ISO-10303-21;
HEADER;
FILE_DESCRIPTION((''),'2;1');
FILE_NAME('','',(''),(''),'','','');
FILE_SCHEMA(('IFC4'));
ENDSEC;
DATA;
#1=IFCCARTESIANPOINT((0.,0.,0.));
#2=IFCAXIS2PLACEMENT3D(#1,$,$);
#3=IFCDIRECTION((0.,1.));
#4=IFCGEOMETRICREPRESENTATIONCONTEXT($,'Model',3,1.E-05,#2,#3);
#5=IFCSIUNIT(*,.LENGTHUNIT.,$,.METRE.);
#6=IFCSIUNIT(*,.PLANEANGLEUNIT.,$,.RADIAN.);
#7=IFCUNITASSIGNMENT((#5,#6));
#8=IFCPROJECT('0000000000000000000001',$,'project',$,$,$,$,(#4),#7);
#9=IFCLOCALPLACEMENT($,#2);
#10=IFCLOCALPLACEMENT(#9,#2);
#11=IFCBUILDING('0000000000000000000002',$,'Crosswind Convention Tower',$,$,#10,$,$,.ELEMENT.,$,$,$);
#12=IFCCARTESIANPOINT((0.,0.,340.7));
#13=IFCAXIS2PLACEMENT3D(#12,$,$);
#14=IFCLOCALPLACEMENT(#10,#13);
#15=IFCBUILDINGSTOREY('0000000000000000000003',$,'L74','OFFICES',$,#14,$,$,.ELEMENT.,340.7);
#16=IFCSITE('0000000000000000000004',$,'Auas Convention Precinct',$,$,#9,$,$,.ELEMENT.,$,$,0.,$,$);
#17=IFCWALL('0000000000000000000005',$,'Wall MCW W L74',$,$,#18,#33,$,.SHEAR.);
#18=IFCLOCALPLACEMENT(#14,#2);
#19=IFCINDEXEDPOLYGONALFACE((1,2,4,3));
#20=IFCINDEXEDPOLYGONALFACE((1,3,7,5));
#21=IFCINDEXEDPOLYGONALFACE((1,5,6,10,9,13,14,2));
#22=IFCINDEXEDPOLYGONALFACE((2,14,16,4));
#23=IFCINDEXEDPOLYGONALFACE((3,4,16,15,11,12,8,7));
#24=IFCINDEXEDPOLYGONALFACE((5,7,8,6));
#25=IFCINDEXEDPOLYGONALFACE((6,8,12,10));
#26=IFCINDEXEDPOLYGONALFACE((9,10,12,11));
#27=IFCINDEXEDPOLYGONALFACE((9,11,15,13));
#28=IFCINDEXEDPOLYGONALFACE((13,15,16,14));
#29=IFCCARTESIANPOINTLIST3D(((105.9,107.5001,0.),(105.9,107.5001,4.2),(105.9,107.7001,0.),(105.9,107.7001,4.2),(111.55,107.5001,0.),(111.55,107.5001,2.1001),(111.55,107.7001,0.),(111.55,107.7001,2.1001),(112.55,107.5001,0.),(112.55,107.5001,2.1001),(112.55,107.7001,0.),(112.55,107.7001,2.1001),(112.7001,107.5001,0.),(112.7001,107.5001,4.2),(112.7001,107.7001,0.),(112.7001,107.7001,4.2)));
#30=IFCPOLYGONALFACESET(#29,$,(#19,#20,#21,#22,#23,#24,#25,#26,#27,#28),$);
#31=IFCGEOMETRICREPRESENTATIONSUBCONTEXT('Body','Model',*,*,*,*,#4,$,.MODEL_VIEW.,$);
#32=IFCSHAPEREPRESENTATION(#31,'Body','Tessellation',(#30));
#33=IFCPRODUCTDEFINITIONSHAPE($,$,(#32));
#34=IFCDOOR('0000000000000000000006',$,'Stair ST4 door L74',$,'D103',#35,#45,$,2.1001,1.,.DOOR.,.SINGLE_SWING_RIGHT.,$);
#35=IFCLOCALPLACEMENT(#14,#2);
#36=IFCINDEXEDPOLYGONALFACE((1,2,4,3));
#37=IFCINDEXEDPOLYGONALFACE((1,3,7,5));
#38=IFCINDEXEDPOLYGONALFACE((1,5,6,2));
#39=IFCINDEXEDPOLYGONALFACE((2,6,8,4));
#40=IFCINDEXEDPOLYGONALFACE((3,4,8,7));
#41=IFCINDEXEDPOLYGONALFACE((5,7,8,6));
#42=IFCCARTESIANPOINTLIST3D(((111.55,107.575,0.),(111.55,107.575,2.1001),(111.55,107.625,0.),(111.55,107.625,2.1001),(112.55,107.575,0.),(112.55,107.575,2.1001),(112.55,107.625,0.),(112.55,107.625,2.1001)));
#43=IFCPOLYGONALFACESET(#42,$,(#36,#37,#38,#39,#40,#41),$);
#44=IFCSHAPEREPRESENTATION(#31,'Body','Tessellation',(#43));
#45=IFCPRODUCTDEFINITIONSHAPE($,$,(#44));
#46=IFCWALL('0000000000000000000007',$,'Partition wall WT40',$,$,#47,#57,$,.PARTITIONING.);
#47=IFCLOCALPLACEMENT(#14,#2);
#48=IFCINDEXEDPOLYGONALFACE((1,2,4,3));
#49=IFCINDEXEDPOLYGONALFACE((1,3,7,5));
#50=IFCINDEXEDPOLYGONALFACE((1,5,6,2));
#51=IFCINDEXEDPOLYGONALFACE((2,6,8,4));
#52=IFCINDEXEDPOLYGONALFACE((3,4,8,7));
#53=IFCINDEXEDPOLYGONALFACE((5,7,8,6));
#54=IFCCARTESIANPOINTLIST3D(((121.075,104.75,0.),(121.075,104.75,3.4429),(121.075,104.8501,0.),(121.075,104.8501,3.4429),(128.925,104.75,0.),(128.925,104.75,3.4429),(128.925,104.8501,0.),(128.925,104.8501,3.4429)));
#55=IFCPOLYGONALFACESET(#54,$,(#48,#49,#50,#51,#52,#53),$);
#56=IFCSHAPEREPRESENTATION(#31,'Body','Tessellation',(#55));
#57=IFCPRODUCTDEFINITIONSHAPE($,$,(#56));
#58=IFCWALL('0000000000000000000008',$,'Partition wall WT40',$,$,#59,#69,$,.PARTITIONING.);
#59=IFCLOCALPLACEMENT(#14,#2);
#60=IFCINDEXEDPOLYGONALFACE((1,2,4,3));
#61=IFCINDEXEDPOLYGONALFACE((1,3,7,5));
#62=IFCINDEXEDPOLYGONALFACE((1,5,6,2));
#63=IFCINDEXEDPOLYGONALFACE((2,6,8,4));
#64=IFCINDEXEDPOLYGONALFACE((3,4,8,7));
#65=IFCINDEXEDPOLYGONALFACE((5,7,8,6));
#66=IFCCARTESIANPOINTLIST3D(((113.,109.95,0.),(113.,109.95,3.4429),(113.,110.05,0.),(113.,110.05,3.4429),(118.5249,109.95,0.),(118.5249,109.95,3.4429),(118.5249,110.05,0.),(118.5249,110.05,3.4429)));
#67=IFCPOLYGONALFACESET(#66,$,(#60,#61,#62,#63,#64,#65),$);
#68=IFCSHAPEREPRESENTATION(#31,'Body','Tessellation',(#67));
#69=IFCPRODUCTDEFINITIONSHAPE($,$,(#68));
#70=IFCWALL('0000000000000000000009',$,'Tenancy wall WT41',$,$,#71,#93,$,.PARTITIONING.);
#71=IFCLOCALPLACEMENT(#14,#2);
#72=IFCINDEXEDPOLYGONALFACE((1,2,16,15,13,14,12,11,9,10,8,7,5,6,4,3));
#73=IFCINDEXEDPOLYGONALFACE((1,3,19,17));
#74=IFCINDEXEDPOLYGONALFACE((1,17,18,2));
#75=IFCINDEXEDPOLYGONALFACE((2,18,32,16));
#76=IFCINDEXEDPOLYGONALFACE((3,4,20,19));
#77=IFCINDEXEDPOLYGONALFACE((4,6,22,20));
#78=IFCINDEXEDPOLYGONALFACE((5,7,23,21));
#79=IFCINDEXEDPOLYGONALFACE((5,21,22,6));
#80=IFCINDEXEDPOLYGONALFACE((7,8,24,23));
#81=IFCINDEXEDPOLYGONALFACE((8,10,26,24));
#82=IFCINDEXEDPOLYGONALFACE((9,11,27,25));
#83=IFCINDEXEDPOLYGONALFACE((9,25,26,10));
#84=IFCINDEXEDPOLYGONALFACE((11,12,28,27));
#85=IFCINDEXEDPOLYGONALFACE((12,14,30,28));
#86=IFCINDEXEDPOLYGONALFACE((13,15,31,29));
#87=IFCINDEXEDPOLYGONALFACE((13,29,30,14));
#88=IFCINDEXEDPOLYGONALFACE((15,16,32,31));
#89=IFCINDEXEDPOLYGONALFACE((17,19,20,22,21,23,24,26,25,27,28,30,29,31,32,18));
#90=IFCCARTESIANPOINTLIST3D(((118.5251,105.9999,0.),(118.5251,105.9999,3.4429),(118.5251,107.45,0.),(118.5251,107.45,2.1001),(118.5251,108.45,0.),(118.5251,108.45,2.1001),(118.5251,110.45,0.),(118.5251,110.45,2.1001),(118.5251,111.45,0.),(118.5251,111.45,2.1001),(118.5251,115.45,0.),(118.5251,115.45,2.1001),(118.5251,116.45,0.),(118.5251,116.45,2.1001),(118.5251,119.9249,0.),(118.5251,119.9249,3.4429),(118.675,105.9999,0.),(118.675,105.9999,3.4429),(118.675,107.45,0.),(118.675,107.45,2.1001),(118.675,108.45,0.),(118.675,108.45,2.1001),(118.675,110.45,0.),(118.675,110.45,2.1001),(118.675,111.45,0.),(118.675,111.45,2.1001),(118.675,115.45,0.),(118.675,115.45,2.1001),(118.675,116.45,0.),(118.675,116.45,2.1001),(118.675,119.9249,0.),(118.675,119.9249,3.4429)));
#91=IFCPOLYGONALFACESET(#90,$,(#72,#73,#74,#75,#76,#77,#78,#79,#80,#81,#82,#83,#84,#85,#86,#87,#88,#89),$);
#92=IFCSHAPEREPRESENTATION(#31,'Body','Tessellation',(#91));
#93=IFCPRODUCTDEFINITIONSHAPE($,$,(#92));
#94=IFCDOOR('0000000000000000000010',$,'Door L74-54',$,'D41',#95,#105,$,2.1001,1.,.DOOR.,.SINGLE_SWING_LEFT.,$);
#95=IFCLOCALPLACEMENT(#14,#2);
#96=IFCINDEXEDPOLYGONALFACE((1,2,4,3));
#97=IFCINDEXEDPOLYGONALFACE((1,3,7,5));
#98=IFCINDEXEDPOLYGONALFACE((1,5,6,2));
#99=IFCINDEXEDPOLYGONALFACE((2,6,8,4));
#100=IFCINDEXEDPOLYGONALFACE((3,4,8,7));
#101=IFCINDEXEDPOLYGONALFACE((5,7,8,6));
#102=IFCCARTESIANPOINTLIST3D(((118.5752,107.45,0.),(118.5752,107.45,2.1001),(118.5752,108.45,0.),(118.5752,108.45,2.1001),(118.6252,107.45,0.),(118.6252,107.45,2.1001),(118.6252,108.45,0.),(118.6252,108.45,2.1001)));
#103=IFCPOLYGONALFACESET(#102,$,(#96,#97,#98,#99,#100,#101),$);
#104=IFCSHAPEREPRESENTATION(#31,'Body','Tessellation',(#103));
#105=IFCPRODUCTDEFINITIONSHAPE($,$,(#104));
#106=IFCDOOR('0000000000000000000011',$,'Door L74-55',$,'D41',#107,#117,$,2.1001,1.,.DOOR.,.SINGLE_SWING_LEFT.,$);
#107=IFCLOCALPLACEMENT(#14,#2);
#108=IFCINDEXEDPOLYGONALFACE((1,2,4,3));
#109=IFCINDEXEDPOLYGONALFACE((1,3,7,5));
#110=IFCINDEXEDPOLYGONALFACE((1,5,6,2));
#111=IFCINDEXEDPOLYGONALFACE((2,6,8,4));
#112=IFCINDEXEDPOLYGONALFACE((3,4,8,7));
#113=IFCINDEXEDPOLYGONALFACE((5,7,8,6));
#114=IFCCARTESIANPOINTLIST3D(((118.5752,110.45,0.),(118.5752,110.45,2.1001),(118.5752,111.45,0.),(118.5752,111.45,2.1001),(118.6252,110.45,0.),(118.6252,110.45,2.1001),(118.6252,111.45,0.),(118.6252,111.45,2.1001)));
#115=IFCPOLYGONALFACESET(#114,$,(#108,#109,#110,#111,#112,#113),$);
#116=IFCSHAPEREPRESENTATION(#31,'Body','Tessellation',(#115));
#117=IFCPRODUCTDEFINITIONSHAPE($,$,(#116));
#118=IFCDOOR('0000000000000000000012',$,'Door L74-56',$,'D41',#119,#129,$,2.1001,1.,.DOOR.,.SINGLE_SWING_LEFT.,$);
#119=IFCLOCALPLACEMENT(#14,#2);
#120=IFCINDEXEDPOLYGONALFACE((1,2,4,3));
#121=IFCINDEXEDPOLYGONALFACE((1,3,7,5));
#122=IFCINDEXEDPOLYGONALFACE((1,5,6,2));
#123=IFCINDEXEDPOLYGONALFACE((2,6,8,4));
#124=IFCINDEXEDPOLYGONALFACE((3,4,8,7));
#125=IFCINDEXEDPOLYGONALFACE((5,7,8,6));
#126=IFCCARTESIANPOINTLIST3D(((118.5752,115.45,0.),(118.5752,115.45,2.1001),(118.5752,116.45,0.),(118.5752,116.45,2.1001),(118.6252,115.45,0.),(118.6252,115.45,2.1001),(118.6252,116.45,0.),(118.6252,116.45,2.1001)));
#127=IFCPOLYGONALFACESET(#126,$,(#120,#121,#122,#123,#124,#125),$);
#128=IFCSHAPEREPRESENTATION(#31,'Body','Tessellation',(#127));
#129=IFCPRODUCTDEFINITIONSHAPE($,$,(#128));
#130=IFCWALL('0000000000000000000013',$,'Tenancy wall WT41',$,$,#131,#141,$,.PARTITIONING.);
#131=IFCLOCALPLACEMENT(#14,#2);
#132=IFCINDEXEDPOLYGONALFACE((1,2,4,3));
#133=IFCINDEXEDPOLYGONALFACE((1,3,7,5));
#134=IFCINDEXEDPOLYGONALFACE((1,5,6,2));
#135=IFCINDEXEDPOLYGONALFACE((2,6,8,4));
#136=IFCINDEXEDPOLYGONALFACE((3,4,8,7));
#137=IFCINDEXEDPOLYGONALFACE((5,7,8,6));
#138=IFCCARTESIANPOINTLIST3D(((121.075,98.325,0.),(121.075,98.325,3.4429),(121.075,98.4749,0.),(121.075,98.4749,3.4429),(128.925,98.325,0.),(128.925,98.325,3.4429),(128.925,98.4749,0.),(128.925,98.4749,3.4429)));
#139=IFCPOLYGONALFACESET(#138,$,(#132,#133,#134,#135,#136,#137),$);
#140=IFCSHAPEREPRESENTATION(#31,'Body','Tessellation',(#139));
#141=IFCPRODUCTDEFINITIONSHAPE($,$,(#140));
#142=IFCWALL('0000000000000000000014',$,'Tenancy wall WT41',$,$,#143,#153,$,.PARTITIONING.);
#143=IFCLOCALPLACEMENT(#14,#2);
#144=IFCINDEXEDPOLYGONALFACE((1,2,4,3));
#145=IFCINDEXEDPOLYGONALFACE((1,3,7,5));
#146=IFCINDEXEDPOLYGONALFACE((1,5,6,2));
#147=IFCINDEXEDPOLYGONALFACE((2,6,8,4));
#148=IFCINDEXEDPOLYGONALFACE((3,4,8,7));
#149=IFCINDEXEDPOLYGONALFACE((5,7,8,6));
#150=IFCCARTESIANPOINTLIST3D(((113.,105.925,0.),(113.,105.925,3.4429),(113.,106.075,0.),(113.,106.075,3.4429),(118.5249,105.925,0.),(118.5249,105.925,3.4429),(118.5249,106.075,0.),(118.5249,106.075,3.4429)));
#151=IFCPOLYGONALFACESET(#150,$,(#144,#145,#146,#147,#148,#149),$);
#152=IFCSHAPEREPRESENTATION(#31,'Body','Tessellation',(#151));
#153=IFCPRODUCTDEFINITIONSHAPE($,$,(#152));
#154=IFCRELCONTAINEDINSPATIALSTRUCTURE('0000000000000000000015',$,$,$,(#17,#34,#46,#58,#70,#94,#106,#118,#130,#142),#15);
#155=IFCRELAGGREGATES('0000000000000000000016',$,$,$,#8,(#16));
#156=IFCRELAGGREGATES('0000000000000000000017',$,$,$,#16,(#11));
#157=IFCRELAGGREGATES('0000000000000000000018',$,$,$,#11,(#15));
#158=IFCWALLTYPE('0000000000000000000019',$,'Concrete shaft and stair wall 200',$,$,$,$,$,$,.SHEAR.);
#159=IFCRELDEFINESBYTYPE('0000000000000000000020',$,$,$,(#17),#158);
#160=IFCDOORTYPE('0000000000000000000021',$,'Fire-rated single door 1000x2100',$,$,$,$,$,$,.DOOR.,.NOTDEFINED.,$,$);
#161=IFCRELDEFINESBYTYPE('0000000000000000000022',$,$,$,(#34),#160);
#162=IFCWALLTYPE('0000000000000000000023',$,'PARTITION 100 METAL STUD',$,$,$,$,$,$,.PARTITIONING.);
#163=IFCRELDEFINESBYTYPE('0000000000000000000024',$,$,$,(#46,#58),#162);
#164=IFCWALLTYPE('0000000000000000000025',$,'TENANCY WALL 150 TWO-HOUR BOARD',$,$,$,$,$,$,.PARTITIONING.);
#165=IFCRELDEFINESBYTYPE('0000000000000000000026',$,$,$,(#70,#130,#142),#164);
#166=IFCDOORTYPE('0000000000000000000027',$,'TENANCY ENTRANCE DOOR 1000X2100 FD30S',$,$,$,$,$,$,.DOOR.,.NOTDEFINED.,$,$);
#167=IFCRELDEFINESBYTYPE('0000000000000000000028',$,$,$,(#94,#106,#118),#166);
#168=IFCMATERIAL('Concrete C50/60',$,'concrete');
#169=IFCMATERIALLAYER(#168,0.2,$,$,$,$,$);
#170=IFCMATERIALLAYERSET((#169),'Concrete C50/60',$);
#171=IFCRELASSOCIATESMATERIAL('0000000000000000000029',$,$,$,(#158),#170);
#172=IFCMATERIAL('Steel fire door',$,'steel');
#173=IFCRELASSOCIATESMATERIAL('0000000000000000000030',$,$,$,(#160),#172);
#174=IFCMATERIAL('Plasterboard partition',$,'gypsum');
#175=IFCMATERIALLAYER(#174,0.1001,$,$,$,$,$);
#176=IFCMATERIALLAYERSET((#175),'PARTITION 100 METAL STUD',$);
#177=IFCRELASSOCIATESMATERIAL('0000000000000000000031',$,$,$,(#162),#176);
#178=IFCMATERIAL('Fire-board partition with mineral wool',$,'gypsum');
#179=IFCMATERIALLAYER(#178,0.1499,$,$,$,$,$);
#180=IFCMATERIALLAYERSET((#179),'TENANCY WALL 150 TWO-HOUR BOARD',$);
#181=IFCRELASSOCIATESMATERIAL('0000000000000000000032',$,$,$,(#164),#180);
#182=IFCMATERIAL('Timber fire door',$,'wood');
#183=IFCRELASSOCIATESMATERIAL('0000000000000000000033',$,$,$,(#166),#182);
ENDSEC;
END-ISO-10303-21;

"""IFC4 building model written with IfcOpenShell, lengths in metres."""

from ifc_helpers import new_model, si_unit, direction, frame, frame_2d, origin, place, context, subcontext, project, spatial, rectangle, extrude, material, layer, layer_set, type_object, element, fill, save


model = new_model("IFC4")

# Units and contexts
model_context = context("Model", 3, precision=1e-05, world=origin(), true_north=direction((0.0, 1.0)))
body_context = subcontext(model_context, "Body", "Model", "MODEL_VIEW")
ifc_project = project(units=[si_unit("LENGTHUNIT", "METRE"), si_unit("PLANEANGLEUNIT", "RADIAN")], contexts=[model_context])

# Site, building, storey
site_placement = place(None, origin())
site = spatial("IfcSite", under=ifc_project, at=site_placement, Name="Auas Convention Precinct", CompositionType="ELEMENT", RefElevation=0.0)
building_placement = place(site_placement, origin())
building = spatial("IfcBuilding", under=site, at=building_placement, Name="Crosswind Convention Tower", CompositionType="ELEMENT")
storey_placement = place(building_placement, frame((0.0, 0.0, 340.7)))
storey = spatial("IfcBuildingStorey", under=building, at=storey_placement, Name="L74", Description="OFFICES", CompositionType="ELEMENT", Elevation=340.7)

# Shared definitions
ifc_material_1 = material(Name="Concrete C50/60", Category="concrete")

# Wall, opening, door
ifc_layer_1 = layer(ifc_material_1, 0.2)
ifc_layer_set_1 = layer_set([ifc_layer_1], Name="Concrete C50/60")
wall_type_1 = type_object("IfcWallType", Name="Concrete shaft and stair wall 200", PredefinedType="SHEAR", material=ifc_layer_set_1)
ifc_material_2 = material(Name="Steel fire door", Category="steel")
wall_1_placement = place(storey_placement, frame((112.7, 107.6001, 0.0), z_axis=(0.0, 0.0, 1.0), x_axis=(-1.0, 0.0, 0.0)))
wall_1 = element("IfcWall", 1, at=wall_1_placement, inside=storey, type_object=wall_type_1, Name="Wall MCW W L74", PredefinedType="SHEAR", context=body_context, shape_type="SweptSolid", body=[
    extrude(rectangle(XDim=6.8, YDim=0.2, at=frame_2d((3.3999, 0.0))), origin(), (0.0, 0.0, 1.0), 4.2),
])
opening_1_placement = place(wall_1_placement, frame((0.1499, 0.0, 0.0)))
opening_1 = element("IfcOpeningElement", 2, at=opening_1_placement, cuts=wall_1, PredefinedType="OPENING", context=body_context, shape_type="SweptSolid", body=[
    extrude(rectangle(XDim=1.0, YDim=2.1001, at=frame_2d((0.5, 1.05))), frame((0.0, 0.1099, 0.0), z_axis=(0.0, -1.0, 0.0), x_axis=(1.0, 0.0, 0.0)), (0.0, 0.0, 1.0), 0.22),
])
door_type_1 = type_object("IfcDoorType", Name="Fire-rated single door 1000x2100", OperationType="NOTDEFINED", PredefinedType="DOOR", material=ifc_material_2)
door_1_placement = place(opening_1_placement, frame((1.0, 0.0, 0.0), z_axis=(0.0, 0.0, 1.0), x_axis=(-1.0, 0.0, 0.0)))
door_1 = element("IfcDoor", 3, at=door_1_placement, inside=storey, type_object=door_type_1, Name="Stair ST4 door L74", ObjectType="D103", OperationType="SINGLE_SWING_RIGHT", OverallHeight=2.1001, OverallWidth=1.0, PredefinedType="DOOR", context=body_context, shape_type="SweptSolid", body=[
    extrude(rectangle(XDim=1.0, YDim=2.1001, at=frame_2d((0.5, 1.05))), frame((0.0, 0.0249, 0.0), z_axis=(0.0, -1.0, 0.0), x_axis=(1.0, 0.0, 0.0)), (0.0, 0.0, 1.0), 0.05),
])
fill(opening_1, door_1)

# Walls
ifc_material_3 = material(Name="Plasterboard partition", Category="gypsum")
ifc_layer_2 = layer(ifc_material_3, 0.1001)
ifc_layer_set_2 = layer_set([ifc_layer_2], Name="PARTITION 100 METAL STUD")
wall_type_2 = type_object("IfcWallType", Name="PARTITION 100 METAL STUD", PredefinedType="PARTITIONING", material=ifc_layer_set_2)
wall_2_placement = place(storey_placement, frame((121.075, 104.8, 0.0), z_axis=(0.0, 0.0, 1.0), x_axis=(1.0, 0.0, 0.0)))
element("IfcWall", 4, at=wall_2_placement, inside=storey, type_object=wall_type_2, Name="Partition wall WT40", PredefinedType="PARTITIONING", context=body_context, shape_type="SweptSolid", body=[
    extrude(rectangle(XDim=7.8501, YDim=0.1001, at=frame_2d((3.925, 0.0))), origin(), (0.0, 0.0, 1.0), 3.4429),
])
wall_3_placement = place(storey_placement, frame((113.0, 110.0, 0.0), z_axis=(0.0, 0.0, 1.0), x_axis=(1.0, 0.0, 0.0)))
element("IfcWall", 5, at=wall_3_placement, inside=storey, type_object=wall_type_2, Name="Partition wall WT40", PredefinedType="PARTITIONING", context=body_context, shape_type="SweptSolid", body=[
    extrude(rectangle(XDim=5.5249, YDim=0.1001, at=frame_2d((2.7625, 0.0))), origin(), (0.0, 0.0, 1.0), 3.4429),
])

# Wall, openings, doors
ifc_material_4 = material(Name="Fire-board partition with mineral wool", Category="gypsum")
ifc_layer_3 = layer(ifc_material_4, 0.1499)
ifc_layer_set_3 = layer_set([ifc_layer_3], Name="TENANCY WALL 150 TWO-HOUR BOARD")
wall_type_3 = type_object("IfcWallType", Name="TENANCY WALL 150 TWO-HOUR BOARD", PredefinedType="PARTITIONING", material=ifc_layer_set_3)
wall_4_placement = place(storey_placement, frame((118.6001, 106.0, 0.0), z_axis=(0.0, 0.0, 1.0), x_axis=(0.0, 1.0, 0.0)))
wall_4 = element("IfcWall", 6, at=wall_4_placement, inside=storey, type_object=wall_type_3, Name="Tenancy wall WT41", PredefinedType="PARTITIONING", context=body_context, shape_type="SweptSolid", body=[
    extrude(rectangle(XDim=13.925, YDim=0.1499, at=frame_2d((6.9624, 0.0))), origin(), (0.0, 0.0, 1.0), 3.4429),
])
opening_2_placement = place(wall_4_placement, frame((1.45, 0.0, 0.0)))
opening_2 = element("IfcOpeningElement", 7, at=opening_2_placement, cuts=wall_4, PredefinedType="OPENING", context=body_context, shape_type="SweptSolid", body=[
    extrude(rectangle(XDim=1.0, YDim=2.1001, at=frame_2d((0.5, 1.05))), frame((0.0, 0.085, 0.0), z_axis=(0.0, -1.0, 0.0), x_axis=(1.0, 0.0, 0.0)), (0.0, 0.0, 1.0), 0.1699),
])
opening_3_placement = place(wall_4_placement, frame((4.45, 0.0, 0.0)))
opening_3 = element("IfcOpeningElement", 8, at=opening_3_placement, cuts=wall_4, PredefinedType="OPENING", context=body_context, shape_type="SweptSolid", body=[
    extrude(rectangle(XDim=1.0, YDim=2.1001, at=frame_2d((0.5, 1.05))), frame((0.0, 0.085, 0.0), z_axis=(0.0, -1.0, 0.0), x_axis=(1.0, 0.0, 0.0)), (0.0, 0.0, 1.0), 0.1699),
])
opening_4_placement = place(wall_4_placement, frame((9.45, 0.0, 0.0)))
opening_4 = element("IfcOpeningElement", 9, at=opening_4_placement, cuts=wall_4, PredefinedType="OPENING", context=body_context, shape_type="SweptSolid", body=[
    extrude(rectangle(XDim=1.0, YDim=2.1001, at=frame_2d((0.5, 1.05))), frame((0.0, 0.085, 0.0), z_axis=(0.0, -1.0, 0.0), x_axis=(1.0, 0.0, 0.0)), (0.0, 0.0, 1.0), 0.1699),
])
ifc_material_5 = material(Name="Timber fire door", Category="wood")
door_type_2 = type_object("IfcDoorType", Name="TENANCY ENTRANCE DOOR 1000X2100 FD30S", OperationType="NOTDEFINED", PredefinedType="DOOR", material=ifc_material_5)
door_2_placement = place(opening_2_placement, origin())
door_2 = element("IfcDoor", 10, at=door_2_placement, inside=storey, type_object=door_type_2, Name="Door L74-54", ObjectType="D41", OperationType="SINGLE_SWING_LEFT", OverallHeight=2.1001, OverallWidth=1.0, PredefinedType="DOOR", context=body_context, shape_type="SweptSolid", body=[
    extrude(rectangle(XDim=1.0, YDim=2.1001, at=frame_2d((0.5, 1.05))), frame((0.0, 0.0249, 0.0), z_axis=(0.0, -1.0, 0.0), x_axis=(1.0, 0.0, 0.0)), (0.0, 0.0, 1.0), 0.05),
])
fill(opening_2, door_2)
door_3_placement = place(opening_3_placement, origin())
door_3 = element("IfcDoor", 11, at=door_3_placement, inside=storey, type_object=door_type_2, Name="Door L74-55", ObjectType="D41", OperationType="SINGLE_SWING_LEFT", OverallHeight=2.1001, OverallWidth=1.0, PredefinedType="DOOR", context=body_context, shape_type="SweptSolid", body=[
    extrude(rectangle(XDim=1.0, YDim=2.1001, at=frame_2d((0.5, 1.05))), frame((0.0, 0.0249, 0.0), z_axis=(0.0, -1.0, 0.0), x_axis=(1.0, 0.0, 0.0)), (0.0, 0.0, 1.0), 0.05),
])
fill(opening_3, door_3)
door_4_placement = place(opening_4_placement, origin())
door_4 = element("IfcDoor", 12, at=door_4_placement, inside=storey, type_object=door_type_2, Name="Door L74-56", ObjectType="D41", OperationType="SINGLE_SWING_LEFT", OverallHeight=2.1001, OverallWidth=1.0, PredefinedType="DOOR", context=body_context, shape_type="SweptSolid", body=[
    extrude(rectangle(XDim=1.0, YDim=2.1001, at=frame_2d((0.5, 1.05))), frame((0.0, 0.0249, 0.0), z_axis=(0.0, -1.0, 0.0), x_axis=(1.0, 0.0, 0.0)), (0.0, 0.0, 1.0), 0.05),
])
fill(opening_4, door_4)

# Walls
wall_5_placement = place(storey_placement, frame((121.075, 98.3999, 0.0), z_axis=(0.0, 0.0, 1.0), x_axis=(1.0, 0.0, 0.0)))
element("IfcWall", 13, at=wall_5_placement, inside=storey, type_object=wall_type_3, Name="Tenancy wall WT41", PredefinedType="PARTITIONING", context=body_context, shape_type="SweptSolid", body=[
    extrude(rectangle(XDim=7.8501, YDim=0.1499, at=frame_2d((3.925, 0.0))), origin(), (0.0, 0.0, 1.0), 3.4429),
])
wall_6_placement = place(storey_placement, frame((113.0, 106.0, 0.0), z_axis=(0.0, 0.0, 1.0), x_axis=(1.0, 0.0, 0.0)))
element("IfcWall", 14, at=wall_6_placement, inside=storey, type_object=wall_type_3, Name="Tenancy wall WT41", PredefinedType="PARTITIONING", context=body_context, shape_type="SweptSolid", body=[
    extrude(rectangle(XDim=5.5249, YDim=0.1499, at=frame_2d((2.7625, 0.0))), origin(), (0.0, 0.0, 1.0), 3.4429),
])

save(model, "model.ifc")
